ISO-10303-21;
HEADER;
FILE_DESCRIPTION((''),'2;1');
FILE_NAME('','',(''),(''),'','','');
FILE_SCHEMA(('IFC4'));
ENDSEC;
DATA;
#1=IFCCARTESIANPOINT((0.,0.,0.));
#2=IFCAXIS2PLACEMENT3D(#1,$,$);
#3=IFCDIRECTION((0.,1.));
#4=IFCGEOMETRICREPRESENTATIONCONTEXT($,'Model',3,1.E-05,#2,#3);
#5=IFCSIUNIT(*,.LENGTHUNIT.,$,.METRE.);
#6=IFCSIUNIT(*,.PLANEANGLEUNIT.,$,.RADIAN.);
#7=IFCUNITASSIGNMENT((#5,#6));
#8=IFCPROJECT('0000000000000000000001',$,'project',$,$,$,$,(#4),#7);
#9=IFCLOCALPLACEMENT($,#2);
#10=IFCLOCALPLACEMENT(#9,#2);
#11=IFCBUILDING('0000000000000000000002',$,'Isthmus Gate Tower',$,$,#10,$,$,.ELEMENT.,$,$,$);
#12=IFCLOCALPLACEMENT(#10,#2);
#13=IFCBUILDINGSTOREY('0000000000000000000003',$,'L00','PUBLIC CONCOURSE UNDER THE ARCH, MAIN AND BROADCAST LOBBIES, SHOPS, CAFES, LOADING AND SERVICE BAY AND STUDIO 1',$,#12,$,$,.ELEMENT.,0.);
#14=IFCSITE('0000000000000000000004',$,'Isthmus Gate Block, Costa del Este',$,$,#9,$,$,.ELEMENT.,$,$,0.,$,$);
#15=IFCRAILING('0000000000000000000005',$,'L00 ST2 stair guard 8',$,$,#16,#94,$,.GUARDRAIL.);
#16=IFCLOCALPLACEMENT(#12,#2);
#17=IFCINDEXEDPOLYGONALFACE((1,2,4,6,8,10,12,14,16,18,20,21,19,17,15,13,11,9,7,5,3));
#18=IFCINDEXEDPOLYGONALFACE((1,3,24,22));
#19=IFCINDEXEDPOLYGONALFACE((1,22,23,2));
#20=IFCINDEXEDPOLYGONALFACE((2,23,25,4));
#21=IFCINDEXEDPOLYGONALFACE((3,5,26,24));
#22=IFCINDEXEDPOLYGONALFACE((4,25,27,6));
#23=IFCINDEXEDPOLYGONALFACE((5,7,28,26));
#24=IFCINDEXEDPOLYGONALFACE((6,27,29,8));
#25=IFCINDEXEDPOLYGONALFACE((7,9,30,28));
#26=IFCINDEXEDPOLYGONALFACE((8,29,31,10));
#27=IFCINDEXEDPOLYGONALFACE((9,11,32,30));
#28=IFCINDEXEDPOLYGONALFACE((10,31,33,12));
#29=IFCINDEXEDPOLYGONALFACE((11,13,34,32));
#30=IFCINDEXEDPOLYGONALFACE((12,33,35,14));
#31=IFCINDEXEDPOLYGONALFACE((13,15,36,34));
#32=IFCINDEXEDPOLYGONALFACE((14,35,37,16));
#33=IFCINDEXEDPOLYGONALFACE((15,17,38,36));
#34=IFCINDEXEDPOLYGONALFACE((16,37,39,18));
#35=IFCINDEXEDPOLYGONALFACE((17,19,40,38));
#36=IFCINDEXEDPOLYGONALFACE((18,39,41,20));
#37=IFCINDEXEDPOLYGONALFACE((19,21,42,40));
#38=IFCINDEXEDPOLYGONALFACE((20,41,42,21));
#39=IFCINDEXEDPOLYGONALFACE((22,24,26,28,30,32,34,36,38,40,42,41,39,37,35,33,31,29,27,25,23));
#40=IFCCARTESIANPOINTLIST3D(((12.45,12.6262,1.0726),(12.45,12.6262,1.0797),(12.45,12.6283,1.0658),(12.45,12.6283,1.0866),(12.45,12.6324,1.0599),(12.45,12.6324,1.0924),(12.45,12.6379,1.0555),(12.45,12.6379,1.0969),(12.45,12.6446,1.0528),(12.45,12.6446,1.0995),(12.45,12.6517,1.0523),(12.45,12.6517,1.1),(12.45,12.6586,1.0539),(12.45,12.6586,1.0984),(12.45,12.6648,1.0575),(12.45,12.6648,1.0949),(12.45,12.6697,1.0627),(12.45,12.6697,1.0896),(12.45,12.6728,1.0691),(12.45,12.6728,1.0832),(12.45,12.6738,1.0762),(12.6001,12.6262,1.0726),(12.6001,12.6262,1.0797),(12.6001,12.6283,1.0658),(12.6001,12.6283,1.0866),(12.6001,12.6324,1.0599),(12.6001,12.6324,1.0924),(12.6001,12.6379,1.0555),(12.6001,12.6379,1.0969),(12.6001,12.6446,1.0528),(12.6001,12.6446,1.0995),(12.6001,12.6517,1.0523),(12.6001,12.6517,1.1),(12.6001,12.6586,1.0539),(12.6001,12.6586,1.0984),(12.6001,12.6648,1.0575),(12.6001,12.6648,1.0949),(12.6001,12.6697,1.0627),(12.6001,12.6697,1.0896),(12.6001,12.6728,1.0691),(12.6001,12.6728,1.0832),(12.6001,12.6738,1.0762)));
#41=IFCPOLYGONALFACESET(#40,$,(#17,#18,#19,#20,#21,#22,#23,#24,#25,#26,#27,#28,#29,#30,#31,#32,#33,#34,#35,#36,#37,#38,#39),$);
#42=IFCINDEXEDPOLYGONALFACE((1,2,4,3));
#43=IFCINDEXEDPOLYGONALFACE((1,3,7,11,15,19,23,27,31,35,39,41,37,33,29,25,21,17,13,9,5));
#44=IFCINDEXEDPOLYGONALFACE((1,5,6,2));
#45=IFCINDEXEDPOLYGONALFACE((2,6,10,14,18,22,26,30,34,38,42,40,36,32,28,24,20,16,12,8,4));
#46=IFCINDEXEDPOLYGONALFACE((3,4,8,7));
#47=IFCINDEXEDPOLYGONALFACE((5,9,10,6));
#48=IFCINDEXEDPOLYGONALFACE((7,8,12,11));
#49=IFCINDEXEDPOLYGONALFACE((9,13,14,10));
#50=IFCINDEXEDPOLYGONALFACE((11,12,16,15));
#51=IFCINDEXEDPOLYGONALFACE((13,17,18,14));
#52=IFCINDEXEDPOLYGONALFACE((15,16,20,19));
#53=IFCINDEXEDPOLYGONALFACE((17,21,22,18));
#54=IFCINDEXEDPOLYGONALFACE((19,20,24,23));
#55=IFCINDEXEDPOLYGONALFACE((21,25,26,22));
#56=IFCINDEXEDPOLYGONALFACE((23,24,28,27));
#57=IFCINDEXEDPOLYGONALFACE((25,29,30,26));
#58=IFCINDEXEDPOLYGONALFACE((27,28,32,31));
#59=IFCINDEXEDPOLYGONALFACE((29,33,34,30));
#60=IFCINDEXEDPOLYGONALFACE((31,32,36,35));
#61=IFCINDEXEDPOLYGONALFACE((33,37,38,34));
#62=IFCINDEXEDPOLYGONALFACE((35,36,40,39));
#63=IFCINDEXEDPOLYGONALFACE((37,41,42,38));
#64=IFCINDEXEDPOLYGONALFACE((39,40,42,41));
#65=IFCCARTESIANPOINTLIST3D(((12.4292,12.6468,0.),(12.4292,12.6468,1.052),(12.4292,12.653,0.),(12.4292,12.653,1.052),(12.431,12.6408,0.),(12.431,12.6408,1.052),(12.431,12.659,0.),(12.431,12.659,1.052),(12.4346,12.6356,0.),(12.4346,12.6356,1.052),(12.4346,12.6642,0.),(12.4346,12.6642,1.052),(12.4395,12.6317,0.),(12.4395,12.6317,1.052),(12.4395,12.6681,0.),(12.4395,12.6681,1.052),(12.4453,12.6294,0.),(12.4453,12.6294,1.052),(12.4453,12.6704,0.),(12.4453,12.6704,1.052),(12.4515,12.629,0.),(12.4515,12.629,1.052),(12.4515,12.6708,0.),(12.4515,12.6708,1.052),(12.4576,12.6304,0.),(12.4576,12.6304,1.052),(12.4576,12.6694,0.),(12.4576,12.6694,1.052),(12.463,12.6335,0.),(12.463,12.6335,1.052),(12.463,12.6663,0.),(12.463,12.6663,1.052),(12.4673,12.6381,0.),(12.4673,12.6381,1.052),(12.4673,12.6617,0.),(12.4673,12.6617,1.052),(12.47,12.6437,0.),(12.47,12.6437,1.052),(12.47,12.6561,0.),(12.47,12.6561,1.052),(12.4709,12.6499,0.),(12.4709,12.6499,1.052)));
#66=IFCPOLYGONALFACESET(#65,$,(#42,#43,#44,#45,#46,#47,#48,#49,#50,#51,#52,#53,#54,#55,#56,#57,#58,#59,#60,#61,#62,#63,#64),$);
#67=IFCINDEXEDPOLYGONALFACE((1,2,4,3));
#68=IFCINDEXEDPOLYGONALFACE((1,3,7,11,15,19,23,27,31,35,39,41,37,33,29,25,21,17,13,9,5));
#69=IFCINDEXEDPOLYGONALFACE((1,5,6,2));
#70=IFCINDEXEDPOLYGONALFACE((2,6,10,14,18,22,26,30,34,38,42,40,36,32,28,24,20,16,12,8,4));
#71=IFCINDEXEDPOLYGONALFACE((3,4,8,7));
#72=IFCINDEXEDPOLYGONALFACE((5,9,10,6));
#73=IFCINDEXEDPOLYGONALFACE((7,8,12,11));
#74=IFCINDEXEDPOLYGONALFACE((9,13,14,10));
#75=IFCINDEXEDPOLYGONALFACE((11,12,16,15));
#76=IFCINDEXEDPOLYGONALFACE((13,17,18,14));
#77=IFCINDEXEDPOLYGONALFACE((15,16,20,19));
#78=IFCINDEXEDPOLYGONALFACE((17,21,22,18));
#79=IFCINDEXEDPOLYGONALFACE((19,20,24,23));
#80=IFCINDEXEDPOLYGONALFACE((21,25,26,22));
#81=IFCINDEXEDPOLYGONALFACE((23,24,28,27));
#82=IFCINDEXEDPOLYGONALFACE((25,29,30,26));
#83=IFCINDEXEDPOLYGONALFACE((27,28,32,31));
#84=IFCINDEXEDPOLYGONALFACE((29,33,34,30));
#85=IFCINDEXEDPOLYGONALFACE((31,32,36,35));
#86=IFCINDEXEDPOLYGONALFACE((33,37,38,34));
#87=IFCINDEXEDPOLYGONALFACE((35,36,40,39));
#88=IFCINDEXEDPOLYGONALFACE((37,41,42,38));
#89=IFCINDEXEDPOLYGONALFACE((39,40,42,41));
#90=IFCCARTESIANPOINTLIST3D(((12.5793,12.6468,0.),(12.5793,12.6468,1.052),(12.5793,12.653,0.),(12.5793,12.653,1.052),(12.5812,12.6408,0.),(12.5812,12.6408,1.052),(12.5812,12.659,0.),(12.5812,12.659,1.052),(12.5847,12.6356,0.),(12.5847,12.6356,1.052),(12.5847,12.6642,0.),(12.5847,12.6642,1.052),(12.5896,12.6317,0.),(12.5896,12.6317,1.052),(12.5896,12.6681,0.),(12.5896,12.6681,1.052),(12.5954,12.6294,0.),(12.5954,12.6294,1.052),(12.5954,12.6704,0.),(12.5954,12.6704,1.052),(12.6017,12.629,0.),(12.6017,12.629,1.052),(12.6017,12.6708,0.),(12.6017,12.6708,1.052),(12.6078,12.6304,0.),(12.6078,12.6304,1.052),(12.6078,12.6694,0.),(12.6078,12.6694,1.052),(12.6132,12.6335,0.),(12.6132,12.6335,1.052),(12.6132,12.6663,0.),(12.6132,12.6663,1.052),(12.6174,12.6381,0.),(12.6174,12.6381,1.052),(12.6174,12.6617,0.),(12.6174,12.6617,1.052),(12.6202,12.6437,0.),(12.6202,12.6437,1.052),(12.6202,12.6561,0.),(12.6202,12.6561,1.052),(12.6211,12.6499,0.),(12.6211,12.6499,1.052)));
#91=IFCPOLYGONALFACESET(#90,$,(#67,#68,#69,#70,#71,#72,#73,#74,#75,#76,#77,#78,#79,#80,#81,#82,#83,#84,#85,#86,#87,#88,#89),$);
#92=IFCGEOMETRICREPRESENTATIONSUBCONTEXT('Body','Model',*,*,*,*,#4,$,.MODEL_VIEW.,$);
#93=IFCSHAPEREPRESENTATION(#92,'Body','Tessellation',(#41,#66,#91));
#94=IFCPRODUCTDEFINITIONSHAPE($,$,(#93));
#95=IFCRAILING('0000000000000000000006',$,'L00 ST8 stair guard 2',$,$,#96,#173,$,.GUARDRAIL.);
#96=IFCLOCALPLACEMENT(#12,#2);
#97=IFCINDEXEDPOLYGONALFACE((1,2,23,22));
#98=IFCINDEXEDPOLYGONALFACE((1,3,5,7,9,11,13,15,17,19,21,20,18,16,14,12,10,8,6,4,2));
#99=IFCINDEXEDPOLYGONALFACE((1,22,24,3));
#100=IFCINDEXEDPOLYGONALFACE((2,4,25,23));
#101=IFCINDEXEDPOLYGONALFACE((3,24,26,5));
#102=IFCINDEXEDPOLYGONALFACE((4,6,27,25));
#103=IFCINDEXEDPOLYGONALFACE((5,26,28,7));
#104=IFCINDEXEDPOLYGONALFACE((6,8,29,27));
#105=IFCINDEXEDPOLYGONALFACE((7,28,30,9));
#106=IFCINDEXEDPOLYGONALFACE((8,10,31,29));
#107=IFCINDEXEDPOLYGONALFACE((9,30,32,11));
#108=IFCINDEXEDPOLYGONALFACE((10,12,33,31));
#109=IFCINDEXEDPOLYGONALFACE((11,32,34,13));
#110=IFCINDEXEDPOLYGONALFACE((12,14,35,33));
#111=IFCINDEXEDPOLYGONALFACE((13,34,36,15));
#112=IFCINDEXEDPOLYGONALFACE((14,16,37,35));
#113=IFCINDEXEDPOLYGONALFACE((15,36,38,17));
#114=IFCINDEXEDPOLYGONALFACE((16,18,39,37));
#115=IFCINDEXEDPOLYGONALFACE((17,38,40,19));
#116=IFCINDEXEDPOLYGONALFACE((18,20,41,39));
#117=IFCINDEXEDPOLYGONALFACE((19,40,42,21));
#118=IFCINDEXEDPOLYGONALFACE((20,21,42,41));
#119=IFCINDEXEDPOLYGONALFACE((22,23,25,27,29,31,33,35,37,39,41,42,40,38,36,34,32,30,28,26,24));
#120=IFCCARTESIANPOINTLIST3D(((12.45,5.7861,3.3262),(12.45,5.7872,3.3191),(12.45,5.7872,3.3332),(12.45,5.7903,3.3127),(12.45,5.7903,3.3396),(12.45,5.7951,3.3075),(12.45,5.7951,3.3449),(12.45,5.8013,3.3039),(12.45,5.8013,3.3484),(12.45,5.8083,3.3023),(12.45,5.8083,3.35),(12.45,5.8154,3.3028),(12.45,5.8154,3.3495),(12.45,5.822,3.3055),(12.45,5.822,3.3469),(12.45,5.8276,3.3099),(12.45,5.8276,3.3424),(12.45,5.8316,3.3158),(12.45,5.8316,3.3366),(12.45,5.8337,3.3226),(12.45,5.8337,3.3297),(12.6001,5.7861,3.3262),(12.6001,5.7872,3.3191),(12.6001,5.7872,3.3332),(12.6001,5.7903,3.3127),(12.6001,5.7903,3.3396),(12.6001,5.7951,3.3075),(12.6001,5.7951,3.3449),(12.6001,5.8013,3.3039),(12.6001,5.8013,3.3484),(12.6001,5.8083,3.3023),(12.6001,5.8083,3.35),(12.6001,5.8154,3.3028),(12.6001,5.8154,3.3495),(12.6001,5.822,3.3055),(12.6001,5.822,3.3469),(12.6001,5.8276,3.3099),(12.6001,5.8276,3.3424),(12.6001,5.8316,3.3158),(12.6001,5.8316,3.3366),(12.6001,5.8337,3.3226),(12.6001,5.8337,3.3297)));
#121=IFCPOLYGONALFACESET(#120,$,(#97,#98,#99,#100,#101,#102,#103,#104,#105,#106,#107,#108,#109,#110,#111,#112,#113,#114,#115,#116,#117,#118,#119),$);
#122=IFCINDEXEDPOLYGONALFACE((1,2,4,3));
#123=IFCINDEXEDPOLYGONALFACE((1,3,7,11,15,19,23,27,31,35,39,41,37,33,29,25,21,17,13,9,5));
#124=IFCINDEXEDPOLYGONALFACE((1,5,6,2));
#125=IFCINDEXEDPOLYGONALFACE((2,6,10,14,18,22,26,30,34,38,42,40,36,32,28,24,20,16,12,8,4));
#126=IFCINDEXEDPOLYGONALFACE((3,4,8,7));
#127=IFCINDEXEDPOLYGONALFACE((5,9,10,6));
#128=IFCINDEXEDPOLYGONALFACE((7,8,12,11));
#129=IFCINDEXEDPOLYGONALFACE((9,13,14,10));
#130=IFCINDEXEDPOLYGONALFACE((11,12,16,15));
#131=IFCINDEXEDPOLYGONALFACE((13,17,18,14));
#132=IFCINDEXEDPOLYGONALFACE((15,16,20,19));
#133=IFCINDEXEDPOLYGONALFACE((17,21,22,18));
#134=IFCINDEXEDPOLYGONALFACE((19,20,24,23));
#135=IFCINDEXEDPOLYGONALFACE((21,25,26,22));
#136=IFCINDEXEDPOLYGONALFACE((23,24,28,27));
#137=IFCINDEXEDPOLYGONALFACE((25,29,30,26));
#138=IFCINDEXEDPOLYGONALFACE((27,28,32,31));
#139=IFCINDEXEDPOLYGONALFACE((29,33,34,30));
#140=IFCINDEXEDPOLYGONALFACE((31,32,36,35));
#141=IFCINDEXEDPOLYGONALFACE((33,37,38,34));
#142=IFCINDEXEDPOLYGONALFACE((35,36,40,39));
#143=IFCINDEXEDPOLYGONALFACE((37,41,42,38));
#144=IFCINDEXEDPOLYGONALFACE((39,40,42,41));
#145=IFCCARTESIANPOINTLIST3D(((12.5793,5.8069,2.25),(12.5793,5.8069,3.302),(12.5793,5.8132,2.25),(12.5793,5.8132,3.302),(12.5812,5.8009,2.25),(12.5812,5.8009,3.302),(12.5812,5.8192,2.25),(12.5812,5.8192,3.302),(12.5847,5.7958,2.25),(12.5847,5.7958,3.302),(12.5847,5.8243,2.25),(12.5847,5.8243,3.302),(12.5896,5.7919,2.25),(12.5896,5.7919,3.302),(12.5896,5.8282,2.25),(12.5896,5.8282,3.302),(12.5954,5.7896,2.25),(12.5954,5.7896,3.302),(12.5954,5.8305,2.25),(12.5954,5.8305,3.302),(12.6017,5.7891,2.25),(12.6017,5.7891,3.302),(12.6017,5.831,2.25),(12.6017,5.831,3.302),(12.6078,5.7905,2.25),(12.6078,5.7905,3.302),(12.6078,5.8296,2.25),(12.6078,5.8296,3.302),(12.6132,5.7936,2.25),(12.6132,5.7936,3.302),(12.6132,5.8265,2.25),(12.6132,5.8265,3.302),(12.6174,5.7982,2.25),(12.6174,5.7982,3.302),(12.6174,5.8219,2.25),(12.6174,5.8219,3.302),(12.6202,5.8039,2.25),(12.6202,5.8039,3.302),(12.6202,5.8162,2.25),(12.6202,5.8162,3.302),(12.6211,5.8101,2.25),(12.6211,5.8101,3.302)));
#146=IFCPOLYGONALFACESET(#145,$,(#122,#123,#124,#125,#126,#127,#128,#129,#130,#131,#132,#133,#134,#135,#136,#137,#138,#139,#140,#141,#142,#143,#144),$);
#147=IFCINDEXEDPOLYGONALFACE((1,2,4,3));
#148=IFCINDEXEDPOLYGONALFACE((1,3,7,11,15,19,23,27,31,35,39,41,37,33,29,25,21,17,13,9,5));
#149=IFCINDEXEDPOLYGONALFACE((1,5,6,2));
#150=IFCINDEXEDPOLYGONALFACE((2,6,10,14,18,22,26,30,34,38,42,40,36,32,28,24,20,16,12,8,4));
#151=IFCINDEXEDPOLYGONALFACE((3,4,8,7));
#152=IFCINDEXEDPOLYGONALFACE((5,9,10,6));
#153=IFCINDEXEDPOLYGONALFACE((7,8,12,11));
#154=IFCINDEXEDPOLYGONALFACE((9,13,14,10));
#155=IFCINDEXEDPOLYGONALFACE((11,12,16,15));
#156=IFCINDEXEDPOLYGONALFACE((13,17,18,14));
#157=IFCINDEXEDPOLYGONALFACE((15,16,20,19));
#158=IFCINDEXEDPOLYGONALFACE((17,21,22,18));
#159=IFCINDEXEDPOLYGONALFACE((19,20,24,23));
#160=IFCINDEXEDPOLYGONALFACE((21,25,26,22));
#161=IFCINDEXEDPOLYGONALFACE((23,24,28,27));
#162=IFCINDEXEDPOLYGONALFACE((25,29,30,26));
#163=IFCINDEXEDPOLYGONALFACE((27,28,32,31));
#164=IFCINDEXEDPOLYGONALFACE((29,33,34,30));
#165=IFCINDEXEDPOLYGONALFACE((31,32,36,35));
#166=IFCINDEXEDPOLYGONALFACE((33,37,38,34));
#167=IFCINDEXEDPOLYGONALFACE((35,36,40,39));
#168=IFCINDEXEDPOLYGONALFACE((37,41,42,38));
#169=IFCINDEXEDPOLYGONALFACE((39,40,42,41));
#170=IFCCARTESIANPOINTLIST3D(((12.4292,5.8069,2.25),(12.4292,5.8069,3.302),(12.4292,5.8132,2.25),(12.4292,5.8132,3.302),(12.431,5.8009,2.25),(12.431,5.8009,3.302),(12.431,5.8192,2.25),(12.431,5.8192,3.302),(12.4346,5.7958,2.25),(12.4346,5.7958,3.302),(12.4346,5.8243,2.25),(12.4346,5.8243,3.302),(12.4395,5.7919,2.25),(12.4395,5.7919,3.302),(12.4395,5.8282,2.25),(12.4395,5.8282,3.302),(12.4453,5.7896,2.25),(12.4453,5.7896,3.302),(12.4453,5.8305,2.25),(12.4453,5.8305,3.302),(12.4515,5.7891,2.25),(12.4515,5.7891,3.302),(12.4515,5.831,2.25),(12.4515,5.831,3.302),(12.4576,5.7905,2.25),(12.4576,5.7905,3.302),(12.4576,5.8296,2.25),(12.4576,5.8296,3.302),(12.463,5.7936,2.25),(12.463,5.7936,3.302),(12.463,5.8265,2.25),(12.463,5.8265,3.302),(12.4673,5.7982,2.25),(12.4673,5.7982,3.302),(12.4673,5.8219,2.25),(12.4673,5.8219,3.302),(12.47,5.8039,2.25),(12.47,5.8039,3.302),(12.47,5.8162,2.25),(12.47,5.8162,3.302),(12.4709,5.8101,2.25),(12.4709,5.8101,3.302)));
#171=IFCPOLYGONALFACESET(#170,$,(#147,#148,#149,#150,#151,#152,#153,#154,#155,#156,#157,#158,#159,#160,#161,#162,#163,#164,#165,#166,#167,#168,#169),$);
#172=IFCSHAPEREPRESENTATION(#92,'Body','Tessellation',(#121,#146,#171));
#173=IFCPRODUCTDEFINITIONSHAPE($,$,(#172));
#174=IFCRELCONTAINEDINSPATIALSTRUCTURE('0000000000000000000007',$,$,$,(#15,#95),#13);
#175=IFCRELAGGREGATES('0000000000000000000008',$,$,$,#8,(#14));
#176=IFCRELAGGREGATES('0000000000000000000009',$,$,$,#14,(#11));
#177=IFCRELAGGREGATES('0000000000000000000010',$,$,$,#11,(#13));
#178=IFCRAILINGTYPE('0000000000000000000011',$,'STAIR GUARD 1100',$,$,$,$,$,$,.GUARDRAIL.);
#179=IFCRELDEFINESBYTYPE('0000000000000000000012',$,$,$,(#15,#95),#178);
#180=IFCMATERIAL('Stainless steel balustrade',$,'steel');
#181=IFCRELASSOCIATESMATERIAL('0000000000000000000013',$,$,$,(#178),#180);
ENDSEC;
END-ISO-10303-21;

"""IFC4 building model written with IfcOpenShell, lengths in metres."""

from ifc_helpers import new_model, si_unit, direction, frame, origin, origin_2d, place, context, subcontext, project, spatial, circle, extrude, material, type_object, element, save


model = new_model("IFC4")

# Units and contexts
model_context = context("Model", 3, precision=1e-05, world=origin(), true_north=direction((0.0, 1.0)))
body_context = subcontext(model_context, "Body", "Model", "MODEL_VIEW")
ifc_project = project(units=[si_unit("LENGTHUNIT", "METRE"), si_unit("PLANEANGLEUNIT", "RADIAN")], contexts=[model_context])

# Site, building, storey
site_placement = place(None, origin())
site = spatial("IfcSite", under=ifc_project, at=site_placement, Name="Isthmus Gate Block, Costa del Este", CompositionType="ELEMENT", RefElevation=0.0)
building_placement = place(site_placement, origin())
building = spatial("IfcBuilding", under=site, at=building_placement, Name="Isthmus Gate Tower", CompositionType="ELEMENT")
storey_placement = place(building_placement, origin())
storey = spatial("IfcBuildingStorey", under=building, at=storey_placement, Name="L00", Description="PUBLIC CONCOURSE UNDER THE ARCH, MAIN AND BROADCAST LOBBIES, SHOPS, CAFES, LOADING AND SERVICE BAY AND STUDIO 1", CompositionType="ELEMENT", Elevation=0.0)

# Railings
ifc_material_1 = material(Name="Stainless steel balustrade", Category="steel")
railing_type_1 = type_object("IfcRailingType", Name="STAIR GUARD 1100", PredefinedType="GUARDRAIL", material=ifc_material_1)
railing_1_placement = place(storey_placement, frame((12.45, 12.6499, 0.0)))
element("IfcRailing", 1, at=railing_1_placement, inside=storey, type_object=railing_type_1, Name="L00 ST2 stair guard 8", PredefinedType="GUARDRAIL", context=body_context, shape_type="SweptSolid", body=[
    extrude(circle(Radius=0.0239, at=origin_2d()), frame((0.0, 0.0, 1.0762), z_axis=(1.0, 0.0, 0.0), x_axis=(0.0, 1.0, 0.0)), (0.0, 0.0, 1.0), 0.1501),
    extrude(circle(Radius=0.021, at=origin_2d()), origin(), (0.0, 0.0, 1.0), 1.052),
    extrude(circle(Radius=0.021, at=origin_2d()), frame((0.1501, 0.0, 0.0)), (0.0, 0.0, 1.0), 1.052),
])
for number, where, name in (
    (2, (12.6001, 5.8101, 2.25), "L00 ST8 stair guard 2"),
):
    element("IfcRailing", number, at=place(storey_placement, frame(where)), inside=storey, type_object=railing_type_1, Name=name, PredefinedType="GUARDRAIL", context=body_context, shape_type="SweptSolid", body=[
        extrude(circle(Radius=0.0239, at=origin_2d()), frame((0.0, 0.0, 1.0762), z_axis=(-1.0, 0.0, 0.0), x_axis=(0.0, -1.0, 0.0)), (0.0, 0.0, 1.0), 0.1501),
        extrude(circle(Radius=0.021, at=origin_2d()), origin(), (0.0, 0.0, 1.0), 1.052),
        extrude(circle(Radius=0.021, at=origin_2d()), frame((-0.1501, 0.0, 0.0)), (0.0, 0.0, 1.0), 1.052),
    ])

save(model, "model.ifc")
